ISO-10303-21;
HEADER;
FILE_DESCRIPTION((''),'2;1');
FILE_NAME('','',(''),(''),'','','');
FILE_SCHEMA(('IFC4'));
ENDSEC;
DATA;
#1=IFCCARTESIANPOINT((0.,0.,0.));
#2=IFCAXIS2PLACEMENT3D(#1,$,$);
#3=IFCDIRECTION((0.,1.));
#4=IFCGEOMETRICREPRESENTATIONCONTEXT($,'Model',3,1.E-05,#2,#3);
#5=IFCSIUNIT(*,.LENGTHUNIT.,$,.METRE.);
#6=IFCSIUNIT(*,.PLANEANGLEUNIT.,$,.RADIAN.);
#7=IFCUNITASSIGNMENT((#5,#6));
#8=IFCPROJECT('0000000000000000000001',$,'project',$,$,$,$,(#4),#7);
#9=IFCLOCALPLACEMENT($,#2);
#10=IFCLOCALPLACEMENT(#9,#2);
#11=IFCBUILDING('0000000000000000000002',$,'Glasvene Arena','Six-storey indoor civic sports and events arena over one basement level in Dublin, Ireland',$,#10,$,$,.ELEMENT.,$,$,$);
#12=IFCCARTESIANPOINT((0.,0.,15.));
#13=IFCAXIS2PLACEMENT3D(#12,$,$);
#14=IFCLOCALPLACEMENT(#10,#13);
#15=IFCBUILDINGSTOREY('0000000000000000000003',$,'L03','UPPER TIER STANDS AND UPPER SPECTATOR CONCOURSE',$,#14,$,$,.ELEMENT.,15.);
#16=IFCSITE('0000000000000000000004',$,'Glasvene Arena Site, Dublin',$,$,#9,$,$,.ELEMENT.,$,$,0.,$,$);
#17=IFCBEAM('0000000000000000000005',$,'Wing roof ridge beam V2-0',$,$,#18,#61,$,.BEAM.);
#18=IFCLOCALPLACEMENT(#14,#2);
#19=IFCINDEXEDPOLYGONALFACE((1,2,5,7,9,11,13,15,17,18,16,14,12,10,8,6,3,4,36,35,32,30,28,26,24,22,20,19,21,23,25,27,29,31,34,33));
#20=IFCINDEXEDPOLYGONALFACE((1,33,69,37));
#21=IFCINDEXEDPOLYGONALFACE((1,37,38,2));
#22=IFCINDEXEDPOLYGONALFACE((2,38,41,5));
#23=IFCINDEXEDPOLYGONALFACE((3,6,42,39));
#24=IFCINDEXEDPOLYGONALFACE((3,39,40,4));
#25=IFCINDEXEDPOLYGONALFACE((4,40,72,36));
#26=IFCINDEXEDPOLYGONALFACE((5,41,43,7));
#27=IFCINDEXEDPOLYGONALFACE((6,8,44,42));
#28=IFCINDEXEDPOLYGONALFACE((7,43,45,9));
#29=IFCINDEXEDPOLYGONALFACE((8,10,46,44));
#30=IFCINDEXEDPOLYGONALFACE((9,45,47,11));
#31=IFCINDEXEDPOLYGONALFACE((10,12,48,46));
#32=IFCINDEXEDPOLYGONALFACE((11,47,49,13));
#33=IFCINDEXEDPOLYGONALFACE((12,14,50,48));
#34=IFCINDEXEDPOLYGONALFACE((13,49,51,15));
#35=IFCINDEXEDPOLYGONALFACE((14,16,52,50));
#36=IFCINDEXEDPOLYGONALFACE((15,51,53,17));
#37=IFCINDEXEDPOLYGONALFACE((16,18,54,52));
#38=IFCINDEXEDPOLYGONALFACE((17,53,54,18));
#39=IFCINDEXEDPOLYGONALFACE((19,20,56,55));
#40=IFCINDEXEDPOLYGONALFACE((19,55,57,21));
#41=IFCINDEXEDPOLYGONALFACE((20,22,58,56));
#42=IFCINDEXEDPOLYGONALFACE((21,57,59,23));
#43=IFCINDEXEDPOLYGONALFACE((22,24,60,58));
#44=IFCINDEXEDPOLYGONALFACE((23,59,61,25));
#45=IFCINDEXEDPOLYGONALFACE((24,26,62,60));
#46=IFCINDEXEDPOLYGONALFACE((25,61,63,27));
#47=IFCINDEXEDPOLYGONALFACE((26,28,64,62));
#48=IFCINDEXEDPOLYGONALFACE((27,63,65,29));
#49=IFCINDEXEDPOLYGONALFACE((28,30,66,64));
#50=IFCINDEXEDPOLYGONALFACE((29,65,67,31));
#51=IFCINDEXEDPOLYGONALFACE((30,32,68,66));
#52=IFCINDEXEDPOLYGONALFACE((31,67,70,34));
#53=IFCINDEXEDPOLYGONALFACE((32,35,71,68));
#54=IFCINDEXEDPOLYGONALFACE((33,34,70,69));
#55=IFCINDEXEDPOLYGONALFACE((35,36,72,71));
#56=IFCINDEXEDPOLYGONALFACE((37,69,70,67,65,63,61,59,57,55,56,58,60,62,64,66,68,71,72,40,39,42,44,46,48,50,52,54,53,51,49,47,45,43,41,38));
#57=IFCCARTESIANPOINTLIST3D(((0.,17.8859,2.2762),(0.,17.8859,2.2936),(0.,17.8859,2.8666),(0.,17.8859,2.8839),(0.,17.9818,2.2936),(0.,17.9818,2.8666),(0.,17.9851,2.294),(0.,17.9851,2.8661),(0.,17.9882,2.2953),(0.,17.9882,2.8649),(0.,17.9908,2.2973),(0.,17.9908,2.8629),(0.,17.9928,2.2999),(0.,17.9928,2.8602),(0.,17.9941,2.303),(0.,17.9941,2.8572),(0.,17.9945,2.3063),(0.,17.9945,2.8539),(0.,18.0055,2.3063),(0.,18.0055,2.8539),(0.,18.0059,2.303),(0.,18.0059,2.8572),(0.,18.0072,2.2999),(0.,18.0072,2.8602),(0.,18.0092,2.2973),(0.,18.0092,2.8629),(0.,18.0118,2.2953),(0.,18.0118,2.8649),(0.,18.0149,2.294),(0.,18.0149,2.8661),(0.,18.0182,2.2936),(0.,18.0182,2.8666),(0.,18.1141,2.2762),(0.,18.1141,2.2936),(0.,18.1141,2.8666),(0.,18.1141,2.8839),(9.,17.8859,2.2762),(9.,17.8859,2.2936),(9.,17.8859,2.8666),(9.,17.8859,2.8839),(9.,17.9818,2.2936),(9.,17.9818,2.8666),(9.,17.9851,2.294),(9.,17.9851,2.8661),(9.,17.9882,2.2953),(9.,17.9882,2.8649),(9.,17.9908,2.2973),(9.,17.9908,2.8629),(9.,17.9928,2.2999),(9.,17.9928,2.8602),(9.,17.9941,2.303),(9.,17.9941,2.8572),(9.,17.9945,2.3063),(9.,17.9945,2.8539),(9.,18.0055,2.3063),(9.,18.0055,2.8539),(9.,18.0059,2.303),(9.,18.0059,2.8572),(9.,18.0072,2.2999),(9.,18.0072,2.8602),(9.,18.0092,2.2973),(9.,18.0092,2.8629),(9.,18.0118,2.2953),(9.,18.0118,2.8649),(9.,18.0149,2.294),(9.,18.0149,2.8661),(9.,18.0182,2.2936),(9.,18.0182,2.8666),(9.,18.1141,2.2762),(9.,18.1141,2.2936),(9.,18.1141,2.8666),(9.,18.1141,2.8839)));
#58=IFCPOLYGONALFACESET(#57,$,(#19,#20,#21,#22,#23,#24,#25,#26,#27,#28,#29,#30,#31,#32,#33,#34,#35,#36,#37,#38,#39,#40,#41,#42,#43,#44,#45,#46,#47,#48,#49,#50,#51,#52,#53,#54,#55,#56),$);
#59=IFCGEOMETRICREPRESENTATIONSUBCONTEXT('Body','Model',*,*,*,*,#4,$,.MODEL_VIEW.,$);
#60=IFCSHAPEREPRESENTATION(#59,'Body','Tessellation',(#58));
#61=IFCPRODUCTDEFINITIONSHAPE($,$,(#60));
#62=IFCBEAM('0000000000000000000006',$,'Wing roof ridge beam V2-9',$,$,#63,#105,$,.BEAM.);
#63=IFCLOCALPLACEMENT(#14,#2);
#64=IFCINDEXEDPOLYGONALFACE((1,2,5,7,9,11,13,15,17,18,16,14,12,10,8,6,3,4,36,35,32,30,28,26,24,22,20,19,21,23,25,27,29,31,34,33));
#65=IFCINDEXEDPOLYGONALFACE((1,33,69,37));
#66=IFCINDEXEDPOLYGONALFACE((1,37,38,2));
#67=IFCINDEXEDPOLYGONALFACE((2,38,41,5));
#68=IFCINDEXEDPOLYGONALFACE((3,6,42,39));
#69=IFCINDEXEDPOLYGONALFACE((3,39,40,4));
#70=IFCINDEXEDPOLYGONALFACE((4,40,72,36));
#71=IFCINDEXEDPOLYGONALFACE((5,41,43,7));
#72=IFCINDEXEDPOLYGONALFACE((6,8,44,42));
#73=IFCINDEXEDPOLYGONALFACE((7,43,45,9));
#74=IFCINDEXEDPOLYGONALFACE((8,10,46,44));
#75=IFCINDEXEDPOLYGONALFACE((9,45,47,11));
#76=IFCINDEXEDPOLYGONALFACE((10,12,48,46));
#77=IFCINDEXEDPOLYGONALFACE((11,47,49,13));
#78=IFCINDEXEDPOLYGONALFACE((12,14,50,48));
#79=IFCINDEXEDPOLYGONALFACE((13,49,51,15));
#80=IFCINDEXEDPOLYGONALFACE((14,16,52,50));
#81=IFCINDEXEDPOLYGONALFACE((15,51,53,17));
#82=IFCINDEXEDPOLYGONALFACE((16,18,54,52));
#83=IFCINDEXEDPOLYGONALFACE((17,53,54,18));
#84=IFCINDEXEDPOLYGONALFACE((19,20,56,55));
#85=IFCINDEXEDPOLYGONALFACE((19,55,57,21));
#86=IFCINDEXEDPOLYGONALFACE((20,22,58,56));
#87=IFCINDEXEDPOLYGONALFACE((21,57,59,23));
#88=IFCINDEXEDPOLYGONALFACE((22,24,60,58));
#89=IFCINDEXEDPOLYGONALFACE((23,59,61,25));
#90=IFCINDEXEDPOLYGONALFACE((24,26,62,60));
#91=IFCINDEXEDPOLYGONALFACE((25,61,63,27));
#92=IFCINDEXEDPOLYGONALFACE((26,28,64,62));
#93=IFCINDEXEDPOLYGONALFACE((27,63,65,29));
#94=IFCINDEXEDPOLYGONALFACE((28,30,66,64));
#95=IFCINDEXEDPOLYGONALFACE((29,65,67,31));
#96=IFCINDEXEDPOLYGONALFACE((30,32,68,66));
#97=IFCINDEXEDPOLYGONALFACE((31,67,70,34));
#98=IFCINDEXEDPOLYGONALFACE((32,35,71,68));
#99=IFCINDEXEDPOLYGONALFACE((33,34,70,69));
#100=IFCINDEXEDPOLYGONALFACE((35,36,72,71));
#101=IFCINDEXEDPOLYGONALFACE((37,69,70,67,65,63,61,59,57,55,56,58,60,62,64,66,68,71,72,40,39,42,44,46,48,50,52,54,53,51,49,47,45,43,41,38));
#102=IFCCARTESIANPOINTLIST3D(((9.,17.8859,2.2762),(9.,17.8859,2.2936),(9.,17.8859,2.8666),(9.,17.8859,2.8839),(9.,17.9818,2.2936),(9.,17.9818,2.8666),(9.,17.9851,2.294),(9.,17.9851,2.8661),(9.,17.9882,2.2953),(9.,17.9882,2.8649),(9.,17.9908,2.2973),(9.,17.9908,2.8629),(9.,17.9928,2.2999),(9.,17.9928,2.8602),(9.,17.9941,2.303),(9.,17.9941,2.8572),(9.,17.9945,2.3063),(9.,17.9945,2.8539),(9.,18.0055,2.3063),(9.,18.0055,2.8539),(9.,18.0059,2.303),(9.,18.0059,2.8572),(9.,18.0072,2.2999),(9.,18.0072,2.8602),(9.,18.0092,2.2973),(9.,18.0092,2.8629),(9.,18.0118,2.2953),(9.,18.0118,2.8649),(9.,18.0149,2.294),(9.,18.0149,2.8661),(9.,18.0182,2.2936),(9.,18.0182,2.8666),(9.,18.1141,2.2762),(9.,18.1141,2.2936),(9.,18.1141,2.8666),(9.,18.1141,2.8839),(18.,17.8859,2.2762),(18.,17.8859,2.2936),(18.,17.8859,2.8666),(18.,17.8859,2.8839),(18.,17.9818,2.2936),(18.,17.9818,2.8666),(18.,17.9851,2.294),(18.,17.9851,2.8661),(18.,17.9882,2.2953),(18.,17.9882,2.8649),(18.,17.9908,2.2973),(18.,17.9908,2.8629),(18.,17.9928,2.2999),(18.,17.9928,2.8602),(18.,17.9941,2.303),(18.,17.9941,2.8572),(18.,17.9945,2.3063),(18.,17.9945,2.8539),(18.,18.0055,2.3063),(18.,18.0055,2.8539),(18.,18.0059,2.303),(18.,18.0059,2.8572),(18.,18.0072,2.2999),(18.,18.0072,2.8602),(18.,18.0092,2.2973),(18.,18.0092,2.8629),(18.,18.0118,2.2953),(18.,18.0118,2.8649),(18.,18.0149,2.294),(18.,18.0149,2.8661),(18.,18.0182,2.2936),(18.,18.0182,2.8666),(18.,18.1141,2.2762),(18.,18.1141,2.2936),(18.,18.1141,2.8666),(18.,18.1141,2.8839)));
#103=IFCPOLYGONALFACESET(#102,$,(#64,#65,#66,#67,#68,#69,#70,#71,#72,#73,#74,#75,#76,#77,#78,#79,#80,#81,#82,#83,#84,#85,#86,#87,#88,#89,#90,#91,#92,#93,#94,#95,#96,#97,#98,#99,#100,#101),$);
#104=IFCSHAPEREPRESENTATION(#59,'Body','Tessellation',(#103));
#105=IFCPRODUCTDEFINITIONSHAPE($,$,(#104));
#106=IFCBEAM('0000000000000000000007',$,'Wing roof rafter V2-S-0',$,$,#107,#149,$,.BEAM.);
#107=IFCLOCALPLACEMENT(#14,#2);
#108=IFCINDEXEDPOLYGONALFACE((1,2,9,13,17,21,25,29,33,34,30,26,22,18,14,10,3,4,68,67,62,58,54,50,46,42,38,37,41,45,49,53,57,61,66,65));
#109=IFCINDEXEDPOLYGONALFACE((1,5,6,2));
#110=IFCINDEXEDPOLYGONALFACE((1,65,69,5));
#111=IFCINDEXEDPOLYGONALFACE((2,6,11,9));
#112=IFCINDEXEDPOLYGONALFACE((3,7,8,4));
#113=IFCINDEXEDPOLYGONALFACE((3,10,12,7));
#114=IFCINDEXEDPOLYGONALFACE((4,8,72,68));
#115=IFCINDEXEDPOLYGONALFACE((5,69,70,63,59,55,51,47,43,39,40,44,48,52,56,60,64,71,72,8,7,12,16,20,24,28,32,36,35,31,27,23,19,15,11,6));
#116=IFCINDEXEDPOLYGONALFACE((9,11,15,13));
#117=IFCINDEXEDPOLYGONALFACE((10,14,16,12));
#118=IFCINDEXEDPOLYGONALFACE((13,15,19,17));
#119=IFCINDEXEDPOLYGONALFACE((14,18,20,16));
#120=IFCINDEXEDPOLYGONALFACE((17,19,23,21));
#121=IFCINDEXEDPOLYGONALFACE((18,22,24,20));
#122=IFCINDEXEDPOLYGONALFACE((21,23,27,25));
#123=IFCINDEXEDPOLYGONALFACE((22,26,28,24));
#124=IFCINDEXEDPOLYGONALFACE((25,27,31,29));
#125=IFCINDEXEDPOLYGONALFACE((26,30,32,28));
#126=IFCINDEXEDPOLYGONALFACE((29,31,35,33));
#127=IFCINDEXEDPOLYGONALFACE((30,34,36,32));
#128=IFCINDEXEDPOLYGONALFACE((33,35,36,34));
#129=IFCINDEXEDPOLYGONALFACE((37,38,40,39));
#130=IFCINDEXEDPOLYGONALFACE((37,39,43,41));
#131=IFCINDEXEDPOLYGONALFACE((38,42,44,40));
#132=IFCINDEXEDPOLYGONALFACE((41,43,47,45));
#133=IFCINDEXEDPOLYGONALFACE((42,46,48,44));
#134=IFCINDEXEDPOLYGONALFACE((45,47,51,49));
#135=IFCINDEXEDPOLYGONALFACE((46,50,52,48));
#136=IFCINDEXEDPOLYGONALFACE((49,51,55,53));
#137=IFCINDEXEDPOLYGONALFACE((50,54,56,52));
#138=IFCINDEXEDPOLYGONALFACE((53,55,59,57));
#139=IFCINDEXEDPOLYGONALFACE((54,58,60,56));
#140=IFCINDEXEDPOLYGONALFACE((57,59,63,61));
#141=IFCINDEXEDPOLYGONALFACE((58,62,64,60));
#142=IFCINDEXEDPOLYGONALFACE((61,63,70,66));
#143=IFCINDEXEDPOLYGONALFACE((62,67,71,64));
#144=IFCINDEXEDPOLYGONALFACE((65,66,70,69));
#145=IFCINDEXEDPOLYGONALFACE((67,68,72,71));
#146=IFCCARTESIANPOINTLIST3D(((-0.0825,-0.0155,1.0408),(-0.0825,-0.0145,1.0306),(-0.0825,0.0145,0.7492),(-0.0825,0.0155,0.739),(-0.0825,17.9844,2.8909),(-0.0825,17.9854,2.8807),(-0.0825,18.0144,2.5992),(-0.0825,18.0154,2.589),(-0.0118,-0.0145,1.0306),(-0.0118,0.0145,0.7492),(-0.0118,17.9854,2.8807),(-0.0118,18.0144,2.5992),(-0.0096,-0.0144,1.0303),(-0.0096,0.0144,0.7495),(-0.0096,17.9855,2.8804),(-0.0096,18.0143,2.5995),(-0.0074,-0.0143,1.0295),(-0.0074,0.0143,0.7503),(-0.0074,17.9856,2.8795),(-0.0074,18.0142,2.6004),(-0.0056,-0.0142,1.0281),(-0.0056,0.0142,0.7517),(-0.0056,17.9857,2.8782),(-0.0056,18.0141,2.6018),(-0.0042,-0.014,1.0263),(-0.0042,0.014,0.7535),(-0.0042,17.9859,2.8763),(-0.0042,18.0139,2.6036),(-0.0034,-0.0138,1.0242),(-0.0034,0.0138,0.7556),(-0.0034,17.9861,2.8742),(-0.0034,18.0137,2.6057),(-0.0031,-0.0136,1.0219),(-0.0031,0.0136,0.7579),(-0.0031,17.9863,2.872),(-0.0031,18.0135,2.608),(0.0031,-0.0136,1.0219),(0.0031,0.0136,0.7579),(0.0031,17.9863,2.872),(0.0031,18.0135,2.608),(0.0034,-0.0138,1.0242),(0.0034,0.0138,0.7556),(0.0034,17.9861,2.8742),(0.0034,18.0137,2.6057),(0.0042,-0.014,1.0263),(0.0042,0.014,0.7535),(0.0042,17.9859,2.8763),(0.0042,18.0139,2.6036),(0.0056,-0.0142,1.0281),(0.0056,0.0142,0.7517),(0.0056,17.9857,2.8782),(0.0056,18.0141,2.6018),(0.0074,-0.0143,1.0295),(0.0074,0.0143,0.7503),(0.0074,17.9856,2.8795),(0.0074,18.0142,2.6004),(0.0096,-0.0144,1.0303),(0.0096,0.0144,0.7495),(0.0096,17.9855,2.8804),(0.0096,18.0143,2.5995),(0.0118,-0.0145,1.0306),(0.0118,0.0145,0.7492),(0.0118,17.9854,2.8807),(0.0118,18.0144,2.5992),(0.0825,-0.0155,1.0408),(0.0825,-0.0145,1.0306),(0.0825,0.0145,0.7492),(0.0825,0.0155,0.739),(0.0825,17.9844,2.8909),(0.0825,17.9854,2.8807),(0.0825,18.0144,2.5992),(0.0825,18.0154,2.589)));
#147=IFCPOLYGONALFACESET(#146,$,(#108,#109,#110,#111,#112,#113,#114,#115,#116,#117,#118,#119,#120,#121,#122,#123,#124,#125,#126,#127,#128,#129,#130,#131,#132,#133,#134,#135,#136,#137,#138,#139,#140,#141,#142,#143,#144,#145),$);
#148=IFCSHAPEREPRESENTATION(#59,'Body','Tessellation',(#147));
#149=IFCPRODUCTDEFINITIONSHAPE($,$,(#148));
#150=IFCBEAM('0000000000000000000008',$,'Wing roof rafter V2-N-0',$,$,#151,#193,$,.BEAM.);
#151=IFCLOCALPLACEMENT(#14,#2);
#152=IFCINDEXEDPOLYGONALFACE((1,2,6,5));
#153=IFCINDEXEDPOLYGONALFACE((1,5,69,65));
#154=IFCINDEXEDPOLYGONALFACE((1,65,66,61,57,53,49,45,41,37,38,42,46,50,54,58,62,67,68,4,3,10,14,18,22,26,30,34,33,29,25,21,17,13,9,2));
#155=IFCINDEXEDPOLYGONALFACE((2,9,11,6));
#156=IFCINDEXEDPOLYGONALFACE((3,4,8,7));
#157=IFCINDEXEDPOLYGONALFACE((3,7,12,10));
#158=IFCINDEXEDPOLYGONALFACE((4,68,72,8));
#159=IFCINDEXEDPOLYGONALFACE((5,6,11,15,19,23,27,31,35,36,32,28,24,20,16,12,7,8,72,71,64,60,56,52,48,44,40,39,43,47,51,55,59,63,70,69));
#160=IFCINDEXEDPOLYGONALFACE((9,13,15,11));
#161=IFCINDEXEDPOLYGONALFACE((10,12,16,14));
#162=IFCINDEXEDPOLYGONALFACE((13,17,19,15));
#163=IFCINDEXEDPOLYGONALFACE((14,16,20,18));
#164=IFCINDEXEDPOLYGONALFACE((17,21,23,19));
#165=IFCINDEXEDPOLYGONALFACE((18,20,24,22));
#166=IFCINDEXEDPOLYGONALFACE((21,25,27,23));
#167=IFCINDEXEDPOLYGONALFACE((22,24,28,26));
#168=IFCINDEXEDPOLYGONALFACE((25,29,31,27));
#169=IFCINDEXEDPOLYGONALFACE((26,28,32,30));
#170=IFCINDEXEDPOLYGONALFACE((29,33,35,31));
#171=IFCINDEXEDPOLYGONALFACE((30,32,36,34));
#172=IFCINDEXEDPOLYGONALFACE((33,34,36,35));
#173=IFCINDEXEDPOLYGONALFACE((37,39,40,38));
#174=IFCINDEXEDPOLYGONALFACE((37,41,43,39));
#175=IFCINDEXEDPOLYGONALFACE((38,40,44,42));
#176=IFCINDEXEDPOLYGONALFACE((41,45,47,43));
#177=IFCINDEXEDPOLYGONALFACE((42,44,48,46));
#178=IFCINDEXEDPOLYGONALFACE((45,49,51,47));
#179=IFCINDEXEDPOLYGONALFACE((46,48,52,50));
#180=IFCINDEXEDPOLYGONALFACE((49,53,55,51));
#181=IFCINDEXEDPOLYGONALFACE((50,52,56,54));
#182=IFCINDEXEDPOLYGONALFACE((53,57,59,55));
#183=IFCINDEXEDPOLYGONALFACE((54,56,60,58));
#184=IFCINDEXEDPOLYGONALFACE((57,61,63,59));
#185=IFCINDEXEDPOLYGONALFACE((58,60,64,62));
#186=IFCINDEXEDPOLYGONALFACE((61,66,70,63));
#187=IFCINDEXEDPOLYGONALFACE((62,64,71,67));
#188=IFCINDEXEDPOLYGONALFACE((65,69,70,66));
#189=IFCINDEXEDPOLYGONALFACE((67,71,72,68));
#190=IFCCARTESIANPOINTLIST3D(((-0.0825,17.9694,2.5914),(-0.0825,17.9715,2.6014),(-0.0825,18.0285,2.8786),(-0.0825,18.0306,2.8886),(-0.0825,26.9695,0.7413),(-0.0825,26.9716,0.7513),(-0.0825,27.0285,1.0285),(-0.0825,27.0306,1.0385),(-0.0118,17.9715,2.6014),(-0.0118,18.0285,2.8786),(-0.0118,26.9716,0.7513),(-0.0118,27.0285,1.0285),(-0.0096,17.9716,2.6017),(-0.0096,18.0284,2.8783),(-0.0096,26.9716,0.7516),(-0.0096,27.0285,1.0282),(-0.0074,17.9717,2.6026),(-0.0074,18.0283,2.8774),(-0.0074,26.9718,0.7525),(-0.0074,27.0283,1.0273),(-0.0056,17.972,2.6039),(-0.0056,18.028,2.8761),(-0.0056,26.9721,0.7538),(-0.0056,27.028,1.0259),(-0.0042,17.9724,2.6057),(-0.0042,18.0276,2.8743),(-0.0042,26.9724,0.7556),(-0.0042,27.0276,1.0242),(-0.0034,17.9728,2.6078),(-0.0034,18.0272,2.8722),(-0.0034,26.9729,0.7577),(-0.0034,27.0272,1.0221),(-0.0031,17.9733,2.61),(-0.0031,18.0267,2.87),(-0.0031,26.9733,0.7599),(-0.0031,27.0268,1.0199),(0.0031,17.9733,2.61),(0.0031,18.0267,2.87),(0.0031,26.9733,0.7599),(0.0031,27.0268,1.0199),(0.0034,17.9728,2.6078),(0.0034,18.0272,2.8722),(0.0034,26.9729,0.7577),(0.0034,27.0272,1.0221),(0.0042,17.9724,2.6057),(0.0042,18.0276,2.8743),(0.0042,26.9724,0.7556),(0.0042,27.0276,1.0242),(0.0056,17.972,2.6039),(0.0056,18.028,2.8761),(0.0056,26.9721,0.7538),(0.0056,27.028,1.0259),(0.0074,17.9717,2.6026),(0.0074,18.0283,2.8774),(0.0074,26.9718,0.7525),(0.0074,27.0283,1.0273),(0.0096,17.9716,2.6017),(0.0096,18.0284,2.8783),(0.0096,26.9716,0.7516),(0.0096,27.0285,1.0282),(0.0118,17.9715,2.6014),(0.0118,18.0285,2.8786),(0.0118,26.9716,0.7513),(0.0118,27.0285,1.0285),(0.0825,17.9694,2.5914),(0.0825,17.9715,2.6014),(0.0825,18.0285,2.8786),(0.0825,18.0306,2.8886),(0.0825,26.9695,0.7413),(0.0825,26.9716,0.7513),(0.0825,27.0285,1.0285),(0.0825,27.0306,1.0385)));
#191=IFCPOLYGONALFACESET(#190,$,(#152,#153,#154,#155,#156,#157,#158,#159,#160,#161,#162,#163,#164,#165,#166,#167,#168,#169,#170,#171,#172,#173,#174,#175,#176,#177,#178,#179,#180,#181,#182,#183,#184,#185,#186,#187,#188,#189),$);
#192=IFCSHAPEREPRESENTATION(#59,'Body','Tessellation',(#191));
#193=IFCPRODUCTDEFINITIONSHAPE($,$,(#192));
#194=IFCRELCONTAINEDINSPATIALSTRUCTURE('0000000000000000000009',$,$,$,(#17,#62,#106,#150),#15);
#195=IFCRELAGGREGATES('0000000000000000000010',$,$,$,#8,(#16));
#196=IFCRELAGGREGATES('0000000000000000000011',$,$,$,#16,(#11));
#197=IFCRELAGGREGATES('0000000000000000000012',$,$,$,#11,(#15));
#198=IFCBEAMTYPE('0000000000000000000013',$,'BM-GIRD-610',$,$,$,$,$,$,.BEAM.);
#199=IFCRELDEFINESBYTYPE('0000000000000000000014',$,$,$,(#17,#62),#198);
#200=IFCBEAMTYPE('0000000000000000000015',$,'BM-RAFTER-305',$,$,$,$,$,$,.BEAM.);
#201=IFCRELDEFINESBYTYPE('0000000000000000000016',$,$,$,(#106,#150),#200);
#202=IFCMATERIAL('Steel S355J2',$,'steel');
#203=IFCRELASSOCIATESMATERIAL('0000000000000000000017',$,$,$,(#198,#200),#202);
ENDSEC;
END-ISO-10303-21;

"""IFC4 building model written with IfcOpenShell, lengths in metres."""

from ifc_helpers import new_model, si_unit, direction, frame, origin, origin_2d, place, context, subcontext, project, spatial, i_section, extrude, material, material_profile, profile_set, type_object, element, save


model = new_model("IFC4")

# Units and contexts
model_context = context("Model", 3, precision=1e-05, world=origin(), true_north=direction((0.0, 1.0)))
body_context = subcontext(model_context, "Body", "Model", "MODEL_VIEW")
ifc_project = project(units=[si_unit("LENGTHUNIT", "METRE"), si_unit("PLANEANGLEUNIT", "RADIAN")], contexts=[model_context])

# Site, building, storey
site_placement = place(None, origin())
site = spatial("IfcSite", under=ifc_project, at=site_placement, Name="Glasvene Arena Site, Dublin", CompositionType="ELEMENT", RefElevation=0.0)
building_placement = place(site_placement, origin())
building = spatial("IfcBuilding", under=site, at=building_placement, Name="Glasvene Arena", Description="Six-storey indoor civic sports and events arena over one basement level in Dublin, Ireland", CompositionType="ELEMENT")
storey_placement = place(building_placement, frame((0.0, 0.0, 15.0)))
storey = spatial("IfcBuildingStorey", under=building, at=storey_placement, Name="L03", Description="UPPER TIER STANDS AND UPPER SPECTATOR CONCOURSE", CompositionType="ELEMENT", Elevation=15.0)

# Shared definitions
ifc_material_1 = material(Name="Steel S355J2", Category="steel")

# Beams
ifc_material_profile_1 = material_profile(ifc_material_1, i_section(OverallWidth=0.2283, OverallDepth=0.6077, WebThickness=0.011, FlangeThickness=0.0173, FilletRadius=0.0127, at=origin_2d()), Name="UKB 610x229x113")
ifc_profile_set_1 = profile_set([ifc_material_profile_1], Name="Steel S355J2")
beam_type_1 = type_object("IfcBeamType", Name="BM-GIRD-610", PredefinedType="BEAM", material=ifc_profile_set_1)
for number, where, z_axis, x_axis, name in (
    (1, (0.0, 18.0, 2.5801), (1.0, 0.0, 0.0), (0.0, 1.0, 0.0), "Wing roof ridge beam V2-0"),
    (2, (9.0, 18.0, 2.5801), (1.0, 0.0, 0.0), (0.0, 1.0, 0.0), "Wing roof ridge beam V2-9"),
):
    element("IfcBeam", number, at=place(storey_placement, frame(where, z_axis=z_axis, x_axis=x_axis)), inside=storey, type_object=beam_type_1, Name=name, PredefinedType="BEAM", context=body_context, shape_type="SweptSolid", body=[
        extrude(i_section(OverallWidth=0.2283, OverallDepth=0.6077, WebThickness=0.011, FlangeThickness=0.0173, FilletRadius=0.0127, at=origin_2d()), origin(), (0.0, 0.0, 1.0), 9.0),
    ])
ifc_material_profile_2 = material_profile(ifc_material_1, i_section(OverallWidth=0.165, OverallDepth=0.3035, WebThickness=0.0061, FlangeThickness=0.0103, FilletRadius=0.0088, at=origin_2d()), Name="UKB 305x165x40")
ifc_profile_set_2 = profile_set([ifc_material_profile_2], Name="Steel S355J2")
beam_type_2 = type_object("IfcBeamType", Name="BM-RAFTER-305", PredefinedType="BEAM", material=ifc_profile_set_2)
beam_1_placement = place(storey_placement, frame((0.0, 0.0, 0.8899), z_axis=(0.0, 0.994759, 0.102245), x_axis=(-1.0, 0.0, 0.0)))
element("IfcBeam", 3, at=beam_1_placement, inside=storey, type_object=beam_type_2, Name="Wing roof rafter V2-S-0", PredefinedType="BEAM", context=body_context, shape_type="SweptSolid", body=[
    extrude(i_section(OverallWidth=0.165, OverallDepth=0.3035, WebThickness=0.0061, FlangeThickness=0.0103, FilletRadius=0.0088, at=origin_2d()), origin(), (0.0, 0.0, 1.0), 18.0947),
])
beam_2_placement = place(storey_placement, frame((0.0, 18.0, 2.74), z_axis=(0.0, 0.979518, -0.201356), x_axis=(-1.0, 0.0, 0.0)))
element("IfcBeam", 4, at=beam_2_placement, inside=storey, type_object=beam_type_2, Name="Wing roof rafter V2-N-0", PredefinedType="BEAM", context=body_context, shape_type="SweptSolid", body=[
    extrude(i_section(OverallWidth=0.165, OverallDepth=0.3035, WebThickness=0.0061, FlangeThickness=0.0103, FilletRadius=0.0088, at=origin_2d()), origin(), (0.0, 0.0, 1.0), 9.1882),
])

save(model, "model.ifc")
